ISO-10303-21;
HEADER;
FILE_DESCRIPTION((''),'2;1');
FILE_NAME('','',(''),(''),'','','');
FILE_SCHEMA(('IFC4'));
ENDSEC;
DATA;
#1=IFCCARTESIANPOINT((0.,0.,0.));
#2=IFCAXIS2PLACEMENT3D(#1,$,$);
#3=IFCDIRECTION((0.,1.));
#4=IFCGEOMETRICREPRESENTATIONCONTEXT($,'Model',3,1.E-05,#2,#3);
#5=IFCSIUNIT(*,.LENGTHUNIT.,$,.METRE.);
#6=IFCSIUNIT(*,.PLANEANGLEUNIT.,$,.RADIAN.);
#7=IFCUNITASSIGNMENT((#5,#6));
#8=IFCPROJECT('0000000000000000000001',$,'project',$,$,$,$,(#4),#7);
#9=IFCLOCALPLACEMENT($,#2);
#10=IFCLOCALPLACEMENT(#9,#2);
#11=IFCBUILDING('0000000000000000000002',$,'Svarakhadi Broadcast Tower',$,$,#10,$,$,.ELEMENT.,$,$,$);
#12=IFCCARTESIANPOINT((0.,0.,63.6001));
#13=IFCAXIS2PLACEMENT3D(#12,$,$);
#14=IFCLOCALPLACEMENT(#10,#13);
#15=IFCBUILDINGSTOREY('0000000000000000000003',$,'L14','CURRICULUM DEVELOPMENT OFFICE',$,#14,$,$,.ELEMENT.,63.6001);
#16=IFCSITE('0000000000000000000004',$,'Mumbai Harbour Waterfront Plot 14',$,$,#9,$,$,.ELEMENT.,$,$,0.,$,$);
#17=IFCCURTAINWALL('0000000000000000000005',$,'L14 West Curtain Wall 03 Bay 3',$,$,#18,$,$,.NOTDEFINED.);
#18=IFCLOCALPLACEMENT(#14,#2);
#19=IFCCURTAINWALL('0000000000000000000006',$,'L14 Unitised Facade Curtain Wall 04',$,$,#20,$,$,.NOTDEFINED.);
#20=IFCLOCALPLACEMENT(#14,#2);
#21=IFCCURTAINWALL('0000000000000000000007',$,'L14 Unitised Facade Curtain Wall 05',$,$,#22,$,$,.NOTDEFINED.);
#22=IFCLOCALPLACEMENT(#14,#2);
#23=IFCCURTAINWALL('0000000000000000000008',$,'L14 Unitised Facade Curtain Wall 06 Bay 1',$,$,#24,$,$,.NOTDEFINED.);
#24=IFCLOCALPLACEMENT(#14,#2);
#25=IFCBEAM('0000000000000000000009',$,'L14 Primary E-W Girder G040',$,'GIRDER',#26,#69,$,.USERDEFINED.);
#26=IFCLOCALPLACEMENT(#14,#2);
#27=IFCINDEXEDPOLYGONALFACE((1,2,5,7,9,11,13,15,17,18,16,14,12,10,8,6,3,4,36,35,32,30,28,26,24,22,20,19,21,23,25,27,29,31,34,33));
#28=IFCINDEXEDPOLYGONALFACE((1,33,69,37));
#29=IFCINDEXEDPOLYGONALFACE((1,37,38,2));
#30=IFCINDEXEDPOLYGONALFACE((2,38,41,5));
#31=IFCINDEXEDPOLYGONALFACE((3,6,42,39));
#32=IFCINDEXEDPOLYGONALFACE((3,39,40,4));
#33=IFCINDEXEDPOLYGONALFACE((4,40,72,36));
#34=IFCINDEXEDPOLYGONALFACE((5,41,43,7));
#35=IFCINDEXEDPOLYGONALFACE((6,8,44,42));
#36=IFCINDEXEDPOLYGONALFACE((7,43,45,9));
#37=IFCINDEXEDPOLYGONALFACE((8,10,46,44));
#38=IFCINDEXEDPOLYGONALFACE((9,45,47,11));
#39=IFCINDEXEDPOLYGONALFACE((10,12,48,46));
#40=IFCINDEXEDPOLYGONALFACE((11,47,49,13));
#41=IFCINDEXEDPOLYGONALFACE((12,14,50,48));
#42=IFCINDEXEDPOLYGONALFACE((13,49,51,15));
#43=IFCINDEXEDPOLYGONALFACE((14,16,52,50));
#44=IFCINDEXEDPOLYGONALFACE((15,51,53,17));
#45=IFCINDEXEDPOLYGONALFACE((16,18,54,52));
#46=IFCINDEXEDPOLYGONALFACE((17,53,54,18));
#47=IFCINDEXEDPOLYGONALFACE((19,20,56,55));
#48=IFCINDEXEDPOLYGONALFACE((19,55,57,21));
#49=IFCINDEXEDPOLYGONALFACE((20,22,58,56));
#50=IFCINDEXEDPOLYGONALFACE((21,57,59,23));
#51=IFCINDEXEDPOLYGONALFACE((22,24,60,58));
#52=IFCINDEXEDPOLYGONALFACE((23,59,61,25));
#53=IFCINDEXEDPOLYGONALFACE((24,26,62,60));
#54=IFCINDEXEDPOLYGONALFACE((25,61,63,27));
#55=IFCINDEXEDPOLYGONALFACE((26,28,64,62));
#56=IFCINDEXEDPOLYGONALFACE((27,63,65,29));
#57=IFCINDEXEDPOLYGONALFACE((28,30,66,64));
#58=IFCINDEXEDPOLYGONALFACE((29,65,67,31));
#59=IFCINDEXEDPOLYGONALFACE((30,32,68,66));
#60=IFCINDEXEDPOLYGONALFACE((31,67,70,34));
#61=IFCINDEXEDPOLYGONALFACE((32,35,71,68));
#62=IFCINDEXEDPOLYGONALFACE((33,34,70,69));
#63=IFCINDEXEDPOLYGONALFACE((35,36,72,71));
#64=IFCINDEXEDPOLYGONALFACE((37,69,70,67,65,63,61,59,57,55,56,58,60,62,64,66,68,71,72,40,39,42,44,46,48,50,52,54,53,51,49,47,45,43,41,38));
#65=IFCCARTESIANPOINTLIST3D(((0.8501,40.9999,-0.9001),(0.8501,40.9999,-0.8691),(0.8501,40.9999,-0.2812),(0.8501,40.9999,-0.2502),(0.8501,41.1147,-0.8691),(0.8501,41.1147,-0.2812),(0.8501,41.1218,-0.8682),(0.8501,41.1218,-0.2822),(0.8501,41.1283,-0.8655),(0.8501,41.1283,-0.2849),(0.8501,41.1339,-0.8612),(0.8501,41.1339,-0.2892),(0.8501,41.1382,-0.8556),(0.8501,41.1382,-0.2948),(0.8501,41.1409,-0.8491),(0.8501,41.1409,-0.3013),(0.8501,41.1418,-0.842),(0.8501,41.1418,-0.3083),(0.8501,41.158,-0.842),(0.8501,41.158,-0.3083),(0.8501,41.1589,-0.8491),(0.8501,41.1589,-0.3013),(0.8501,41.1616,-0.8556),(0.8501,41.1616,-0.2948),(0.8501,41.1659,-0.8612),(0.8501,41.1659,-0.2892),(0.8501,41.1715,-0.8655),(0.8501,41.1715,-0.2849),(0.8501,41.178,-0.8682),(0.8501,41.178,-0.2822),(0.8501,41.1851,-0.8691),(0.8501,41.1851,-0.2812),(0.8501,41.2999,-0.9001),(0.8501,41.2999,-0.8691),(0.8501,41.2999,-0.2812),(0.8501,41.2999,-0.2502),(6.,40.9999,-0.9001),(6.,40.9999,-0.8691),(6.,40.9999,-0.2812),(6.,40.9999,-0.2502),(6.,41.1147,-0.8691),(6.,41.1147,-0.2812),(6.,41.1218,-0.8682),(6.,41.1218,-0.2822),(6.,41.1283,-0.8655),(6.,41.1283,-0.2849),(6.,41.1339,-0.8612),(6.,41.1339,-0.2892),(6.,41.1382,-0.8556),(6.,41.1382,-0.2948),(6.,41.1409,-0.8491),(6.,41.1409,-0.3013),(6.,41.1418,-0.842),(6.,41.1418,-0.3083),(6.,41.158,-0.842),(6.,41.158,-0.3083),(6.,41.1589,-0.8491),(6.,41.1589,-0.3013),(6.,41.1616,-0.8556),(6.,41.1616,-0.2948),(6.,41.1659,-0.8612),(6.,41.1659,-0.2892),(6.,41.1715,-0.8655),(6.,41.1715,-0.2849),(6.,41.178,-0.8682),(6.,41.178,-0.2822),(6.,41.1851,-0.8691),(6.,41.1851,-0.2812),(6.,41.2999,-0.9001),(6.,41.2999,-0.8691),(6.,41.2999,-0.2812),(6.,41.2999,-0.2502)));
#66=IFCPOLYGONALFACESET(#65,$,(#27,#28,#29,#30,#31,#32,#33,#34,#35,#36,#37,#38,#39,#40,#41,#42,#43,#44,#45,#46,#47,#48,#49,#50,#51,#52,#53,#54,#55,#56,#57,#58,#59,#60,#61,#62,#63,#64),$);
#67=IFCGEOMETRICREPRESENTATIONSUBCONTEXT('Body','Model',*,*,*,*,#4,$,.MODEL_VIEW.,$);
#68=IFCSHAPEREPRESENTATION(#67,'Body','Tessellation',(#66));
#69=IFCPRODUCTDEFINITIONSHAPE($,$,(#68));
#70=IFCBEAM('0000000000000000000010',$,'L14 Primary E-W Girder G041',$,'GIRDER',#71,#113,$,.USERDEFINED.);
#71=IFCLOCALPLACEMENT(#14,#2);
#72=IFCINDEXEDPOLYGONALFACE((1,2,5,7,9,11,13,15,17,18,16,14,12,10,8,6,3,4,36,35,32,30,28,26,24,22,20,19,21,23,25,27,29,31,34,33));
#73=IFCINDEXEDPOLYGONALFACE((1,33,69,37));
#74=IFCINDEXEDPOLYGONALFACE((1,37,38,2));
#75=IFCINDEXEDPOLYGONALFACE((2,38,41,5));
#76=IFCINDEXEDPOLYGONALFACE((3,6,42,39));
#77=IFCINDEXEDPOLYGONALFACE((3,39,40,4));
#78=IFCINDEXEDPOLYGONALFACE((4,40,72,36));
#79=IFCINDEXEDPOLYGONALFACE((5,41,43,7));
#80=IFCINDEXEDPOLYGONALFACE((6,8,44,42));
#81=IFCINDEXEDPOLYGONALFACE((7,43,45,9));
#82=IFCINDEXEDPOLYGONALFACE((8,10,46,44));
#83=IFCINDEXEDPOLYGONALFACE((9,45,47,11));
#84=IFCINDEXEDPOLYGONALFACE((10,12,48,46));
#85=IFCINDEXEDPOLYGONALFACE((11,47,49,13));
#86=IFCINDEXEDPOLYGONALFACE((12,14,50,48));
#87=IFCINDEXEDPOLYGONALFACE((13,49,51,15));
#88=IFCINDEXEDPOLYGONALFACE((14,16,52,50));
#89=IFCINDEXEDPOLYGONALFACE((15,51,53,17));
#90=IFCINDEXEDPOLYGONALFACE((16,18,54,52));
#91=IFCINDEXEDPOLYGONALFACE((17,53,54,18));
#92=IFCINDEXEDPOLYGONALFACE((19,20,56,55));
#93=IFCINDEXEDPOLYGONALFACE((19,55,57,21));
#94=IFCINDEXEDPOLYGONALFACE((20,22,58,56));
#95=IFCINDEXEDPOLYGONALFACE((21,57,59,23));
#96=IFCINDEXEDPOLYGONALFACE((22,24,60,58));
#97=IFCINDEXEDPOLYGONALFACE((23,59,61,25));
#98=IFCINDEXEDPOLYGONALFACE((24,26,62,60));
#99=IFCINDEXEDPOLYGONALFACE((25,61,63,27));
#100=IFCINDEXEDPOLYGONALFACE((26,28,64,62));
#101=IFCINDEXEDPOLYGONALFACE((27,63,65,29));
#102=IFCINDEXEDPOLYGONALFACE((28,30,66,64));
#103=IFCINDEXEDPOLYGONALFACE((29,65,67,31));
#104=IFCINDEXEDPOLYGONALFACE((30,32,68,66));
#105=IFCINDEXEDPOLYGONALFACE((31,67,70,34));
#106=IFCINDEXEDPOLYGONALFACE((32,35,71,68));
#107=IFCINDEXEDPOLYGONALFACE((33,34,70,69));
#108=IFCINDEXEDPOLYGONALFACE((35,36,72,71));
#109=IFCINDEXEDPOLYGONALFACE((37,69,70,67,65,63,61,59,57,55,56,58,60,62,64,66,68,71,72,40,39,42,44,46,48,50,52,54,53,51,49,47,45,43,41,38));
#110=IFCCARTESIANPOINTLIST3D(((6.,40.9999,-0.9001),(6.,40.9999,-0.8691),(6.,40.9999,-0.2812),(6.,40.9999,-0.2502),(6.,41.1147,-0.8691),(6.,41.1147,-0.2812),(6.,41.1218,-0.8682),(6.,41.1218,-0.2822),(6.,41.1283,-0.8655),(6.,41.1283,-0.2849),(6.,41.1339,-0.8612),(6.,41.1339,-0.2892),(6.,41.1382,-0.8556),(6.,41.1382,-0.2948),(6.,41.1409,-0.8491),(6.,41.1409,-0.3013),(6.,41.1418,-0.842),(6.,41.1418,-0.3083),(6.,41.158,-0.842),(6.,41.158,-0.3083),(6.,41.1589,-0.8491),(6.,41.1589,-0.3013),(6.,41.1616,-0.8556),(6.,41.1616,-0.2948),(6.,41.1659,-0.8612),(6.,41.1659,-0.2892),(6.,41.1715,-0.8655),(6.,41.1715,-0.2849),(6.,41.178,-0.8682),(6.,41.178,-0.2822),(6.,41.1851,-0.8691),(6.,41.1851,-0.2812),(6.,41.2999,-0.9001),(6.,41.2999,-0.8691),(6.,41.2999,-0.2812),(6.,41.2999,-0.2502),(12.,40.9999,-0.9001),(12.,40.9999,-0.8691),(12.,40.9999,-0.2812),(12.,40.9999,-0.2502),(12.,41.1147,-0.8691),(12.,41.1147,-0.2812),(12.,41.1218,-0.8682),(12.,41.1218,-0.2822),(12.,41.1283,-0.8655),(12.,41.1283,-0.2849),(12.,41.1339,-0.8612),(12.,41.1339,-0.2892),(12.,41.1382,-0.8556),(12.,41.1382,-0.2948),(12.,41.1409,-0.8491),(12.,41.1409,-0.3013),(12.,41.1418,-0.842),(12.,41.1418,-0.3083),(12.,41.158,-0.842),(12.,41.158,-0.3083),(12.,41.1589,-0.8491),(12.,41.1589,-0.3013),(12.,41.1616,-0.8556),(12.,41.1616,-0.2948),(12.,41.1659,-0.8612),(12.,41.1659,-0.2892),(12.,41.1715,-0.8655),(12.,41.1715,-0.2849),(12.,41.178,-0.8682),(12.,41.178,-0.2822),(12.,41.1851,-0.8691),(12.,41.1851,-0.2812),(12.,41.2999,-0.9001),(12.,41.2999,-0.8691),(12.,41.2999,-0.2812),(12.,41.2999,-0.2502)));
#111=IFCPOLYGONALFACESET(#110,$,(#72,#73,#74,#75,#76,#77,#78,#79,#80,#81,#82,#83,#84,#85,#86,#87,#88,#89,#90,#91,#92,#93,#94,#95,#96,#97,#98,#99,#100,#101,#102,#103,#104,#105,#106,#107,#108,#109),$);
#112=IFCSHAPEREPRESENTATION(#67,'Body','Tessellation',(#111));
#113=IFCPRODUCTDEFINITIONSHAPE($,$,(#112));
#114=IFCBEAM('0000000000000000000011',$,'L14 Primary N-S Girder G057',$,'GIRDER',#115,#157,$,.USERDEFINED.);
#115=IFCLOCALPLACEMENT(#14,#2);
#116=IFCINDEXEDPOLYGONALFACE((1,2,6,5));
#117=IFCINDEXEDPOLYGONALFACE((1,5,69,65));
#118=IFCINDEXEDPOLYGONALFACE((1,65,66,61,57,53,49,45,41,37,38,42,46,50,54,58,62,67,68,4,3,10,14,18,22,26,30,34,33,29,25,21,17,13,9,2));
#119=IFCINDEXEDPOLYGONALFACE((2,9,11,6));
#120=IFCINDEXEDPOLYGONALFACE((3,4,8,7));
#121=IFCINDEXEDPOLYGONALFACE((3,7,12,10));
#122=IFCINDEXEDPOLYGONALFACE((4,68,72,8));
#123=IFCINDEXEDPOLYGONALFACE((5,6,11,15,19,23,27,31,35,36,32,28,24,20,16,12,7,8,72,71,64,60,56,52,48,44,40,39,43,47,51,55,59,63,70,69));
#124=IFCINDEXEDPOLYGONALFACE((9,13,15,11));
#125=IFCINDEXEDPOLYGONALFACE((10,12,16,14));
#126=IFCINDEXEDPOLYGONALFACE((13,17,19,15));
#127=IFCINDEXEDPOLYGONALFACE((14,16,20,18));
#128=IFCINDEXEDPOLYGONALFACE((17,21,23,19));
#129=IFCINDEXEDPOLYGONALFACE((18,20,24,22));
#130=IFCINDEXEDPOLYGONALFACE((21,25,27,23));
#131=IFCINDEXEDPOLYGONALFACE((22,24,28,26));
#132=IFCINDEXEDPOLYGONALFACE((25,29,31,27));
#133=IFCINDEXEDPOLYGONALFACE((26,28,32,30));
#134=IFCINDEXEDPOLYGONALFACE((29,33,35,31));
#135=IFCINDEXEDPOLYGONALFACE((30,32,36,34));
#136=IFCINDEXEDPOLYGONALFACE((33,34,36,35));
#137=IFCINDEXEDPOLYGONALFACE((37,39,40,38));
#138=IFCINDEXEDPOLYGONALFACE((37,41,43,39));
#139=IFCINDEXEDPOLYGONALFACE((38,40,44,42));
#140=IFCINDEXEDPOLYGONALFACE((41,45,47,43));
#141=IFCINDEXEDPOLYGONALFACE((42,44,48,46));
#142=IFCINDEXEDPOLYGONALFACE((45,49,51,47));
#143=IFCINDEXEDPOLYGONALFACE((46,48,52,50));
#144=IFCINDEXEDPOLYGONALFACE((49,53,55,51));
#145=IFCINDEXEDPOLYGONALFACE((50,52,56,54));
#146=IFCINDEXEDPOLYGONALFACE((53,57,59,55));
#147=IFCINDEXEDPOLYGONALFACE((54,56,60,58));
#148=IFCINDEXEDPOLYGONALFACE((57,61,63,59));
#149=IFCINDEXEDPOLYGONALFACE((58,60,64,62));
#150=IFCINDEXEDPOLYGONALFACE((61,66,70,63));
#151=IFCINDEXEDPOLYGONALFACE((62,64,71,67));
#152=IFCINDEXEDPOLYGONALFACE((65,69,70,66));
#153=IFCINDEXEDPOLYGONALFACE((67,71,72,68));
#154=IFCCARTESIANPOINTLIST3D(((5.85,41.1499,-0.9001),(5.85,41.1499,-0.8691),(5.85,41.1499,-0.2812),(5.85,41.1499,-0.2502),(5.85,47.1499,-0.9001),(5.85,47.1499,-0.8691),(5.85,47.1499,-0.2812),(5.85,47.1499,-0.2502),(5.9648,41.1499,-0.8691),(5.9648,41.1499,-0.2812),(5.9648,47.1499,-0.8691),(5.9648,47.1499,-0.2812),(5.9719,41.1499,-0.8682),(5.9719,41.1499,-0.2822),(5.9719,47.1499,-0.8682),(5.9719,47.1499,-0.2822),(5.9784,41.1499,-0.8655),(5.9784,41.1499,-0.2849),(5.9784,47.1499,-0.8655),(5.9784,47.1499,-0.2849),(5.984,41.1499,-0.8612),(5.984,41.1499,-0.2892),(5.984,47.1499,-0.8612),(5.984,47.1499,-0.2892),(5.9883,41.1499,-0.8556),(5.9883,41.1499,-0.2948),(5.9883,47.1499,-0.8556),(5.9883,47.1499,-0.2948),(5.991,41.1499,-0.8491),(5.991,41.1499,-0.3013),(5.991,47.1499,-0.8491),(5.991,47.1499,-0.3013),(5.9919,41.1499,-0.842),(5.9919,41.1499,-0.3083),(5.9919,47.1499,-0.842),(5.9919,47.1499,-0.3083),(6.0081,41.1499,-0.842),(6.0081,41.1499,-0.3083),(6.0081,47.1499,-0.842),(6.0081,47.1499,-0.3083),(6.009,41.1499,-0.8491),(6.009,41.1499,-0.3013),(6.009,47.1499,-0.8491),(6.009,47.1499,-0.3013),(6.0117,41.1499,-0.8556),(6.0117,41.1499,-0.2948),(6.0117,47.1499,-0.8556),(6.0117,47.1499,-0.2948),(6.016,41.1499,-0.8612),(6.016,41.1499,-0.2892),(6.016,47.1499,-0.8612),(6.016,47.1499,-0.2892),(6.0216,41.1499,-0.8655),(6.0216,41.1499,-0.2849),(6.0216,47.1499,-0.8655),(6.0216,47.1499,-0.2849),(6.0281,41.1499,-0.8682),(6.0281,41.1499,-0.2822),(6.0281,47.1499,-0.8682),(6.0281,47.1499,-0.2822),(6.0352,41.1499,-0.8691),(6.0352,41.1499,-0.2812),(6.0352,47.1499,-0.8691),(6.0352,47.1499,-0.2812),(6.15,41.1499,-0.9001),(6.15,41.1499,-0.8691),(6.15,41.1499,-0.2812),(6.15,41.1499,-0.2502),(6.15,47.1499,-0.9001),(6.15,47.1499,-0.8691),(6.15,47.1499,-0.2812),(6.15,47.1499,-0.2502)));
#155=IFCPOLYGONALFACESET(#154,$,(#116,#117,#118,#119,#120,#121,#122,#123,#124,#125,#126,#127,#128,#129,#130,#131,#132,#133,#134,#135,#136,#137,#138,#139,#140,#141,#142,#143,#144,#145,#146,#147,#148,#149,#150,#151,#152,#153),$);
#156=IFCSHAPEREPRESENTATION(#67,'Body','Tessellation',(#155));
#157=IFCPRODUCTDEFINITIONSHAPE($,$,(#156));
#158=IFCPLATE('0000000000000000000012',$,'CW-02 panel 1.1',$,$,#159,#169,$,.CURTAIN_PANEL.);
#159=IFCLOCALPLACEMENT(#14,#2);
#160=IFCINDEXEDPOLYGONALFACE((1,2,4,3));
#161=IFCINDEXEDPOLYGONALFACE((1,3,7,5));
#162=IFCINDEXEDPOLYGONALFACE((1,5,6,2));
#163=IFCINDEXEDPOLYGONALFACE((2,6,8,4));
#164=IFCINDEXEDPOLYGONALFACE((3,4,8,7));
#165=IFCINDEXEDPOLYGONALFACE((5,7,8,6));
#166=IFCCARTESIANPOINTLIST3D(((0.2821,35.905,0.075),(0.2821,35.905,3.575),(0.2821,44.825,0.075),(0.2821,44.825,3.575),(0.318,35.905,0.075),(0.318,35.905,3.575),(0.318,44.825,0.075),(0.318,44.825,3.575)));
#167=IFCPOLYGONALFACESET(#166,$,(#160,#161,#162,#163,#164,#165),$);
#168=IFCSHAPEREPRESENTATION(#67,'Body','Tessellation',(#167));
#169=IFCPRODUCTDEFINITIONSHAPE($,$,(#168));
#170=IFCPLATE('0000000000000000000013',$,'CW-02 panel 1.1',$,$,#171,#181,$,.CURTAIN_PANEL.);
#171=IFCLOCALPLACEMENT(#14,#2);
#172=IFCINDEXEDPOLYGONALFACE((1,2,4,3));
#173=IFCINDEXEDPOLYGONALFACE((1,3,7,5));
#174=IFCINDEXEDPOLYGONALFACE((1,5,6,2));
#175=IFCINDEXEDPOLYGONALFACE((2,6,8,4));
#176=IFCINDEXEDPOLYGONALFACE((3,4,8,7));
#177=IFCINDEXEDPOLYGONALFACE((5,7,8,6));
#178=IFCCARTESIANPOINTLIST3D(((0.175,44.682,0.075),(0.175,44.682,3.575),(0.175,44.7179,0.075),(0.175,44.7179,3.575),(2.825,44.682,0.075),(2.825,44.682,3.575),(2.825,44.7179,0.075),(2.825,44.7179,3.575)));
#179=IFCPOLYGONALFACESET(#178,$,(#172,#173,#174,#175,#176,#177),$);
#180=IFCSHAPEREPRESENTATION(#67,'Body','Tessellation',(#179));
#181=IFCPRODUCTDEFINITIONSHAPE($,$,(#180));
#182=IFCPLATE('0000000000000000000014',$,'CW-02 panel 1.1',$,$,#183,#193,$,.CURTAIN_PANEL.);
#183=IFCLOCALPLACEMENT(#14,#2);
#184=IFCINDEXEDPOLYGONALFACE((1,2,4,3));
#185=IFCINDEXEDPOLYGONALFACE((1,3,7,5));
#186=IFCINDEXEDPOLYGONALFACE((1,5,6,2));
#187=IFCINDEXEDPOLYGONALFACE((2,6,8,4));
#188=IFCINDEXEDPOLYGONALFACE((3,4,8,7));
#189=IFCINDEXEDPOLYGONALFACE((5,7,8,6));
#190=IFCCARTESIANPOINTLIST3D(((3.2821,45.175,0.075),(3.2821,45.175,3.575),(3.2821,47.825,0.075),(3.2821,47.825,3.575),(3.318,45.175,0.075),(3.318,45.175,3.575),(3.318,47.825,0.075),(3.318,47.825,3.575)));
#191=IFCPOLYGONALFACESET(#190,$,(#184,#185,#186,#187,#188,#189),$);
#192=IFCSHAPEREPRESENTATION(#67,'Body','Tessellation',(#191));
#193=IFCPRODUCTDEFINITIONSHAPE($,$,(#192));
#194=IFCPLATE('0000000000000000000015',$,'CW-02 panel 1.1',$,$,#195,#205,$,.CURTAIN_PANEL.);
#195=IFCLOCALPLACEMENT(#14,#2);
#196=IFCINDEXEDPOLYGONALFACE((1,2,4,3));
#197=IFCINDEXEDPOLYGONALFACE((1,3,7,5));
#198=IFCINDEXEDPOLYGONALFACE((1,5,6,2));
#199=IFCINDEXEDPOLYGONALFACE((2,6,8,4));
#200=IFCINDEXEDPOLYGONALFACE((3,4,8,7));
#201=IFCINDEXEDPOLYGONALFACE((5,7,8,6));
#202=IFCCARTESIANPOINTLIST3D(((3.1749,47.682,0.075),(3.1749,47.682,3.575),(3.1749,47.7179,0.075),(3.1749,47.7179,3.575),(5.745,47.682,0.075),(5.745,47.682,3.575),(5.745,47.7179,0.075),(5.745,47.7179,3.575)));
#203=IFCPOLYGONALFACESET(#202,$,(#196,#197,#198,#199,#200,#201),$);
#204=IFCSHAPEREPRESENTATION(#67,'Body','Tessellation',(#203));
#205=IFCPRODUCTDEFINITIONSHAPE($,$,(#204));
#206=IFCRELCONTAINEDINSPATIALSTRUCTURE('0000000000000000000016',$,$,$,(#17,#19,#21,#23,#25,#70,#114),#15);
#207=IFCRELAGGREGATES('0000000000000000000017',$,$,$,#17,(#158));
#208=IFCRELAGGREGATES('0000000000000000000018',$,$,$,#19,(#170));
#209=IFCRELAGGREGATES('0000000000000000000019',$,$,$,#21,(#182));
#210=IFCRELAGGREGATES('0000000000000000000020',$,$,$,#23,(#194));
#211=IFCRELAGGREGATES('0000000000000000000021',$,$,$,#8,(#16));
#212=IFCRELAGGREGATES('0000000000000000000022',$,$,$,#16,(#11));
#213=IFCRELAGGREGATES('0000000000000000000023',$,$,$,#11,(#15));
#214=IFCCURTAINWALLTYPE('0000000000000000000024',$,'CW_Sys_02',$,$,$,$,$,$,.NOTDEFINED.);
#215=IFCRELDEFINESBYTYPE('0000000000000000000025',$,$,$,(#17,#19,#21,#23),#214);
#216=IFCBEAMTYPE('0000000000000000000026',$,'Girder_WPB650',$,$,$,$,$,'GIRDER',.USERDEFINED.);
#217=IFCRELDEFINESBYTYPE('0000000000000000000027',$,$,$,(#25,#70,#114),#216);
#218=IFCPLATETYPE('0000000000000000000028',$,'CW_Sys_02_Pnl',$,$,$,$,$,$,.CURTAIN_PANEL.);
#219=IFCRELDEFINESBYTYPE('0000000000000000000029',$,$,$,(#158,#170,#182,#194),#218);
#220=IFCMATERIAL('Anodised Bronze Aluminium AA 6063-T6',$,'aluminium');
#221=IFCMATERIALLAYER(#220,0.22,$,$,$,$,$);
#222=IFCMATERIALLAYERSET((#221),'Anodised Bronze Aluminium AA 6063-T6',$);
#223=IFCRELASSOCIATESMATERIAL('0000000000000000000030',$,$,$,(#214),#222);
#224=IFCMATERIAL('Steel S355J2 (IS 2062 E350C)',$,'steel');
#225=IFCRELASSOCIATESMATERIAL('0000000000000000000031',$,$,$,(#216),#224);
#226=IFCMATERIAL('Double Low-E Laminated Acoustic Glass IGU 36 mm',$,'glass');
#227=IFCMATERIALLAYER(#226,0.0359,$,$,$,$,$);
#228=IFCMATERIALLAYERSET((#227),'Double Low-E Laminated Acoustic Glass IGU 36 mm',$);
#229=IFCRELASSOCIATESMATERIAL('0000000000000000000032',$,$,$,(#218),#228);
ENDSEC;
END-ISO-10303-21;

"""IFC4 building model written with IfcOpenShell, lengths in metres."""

from ifc_helpers import new_model, si_unit, direction, frame, origin, origin_2d, place, context, subcontext, project, spatial, rectangle, i_section, extrude, material, layer, layer_set, material_profile, profile_set, type_object, element, aggregate, save


model = new_model("IFC4")

# Units and contexts
model_context = context("Model", 3, precision=1e-05, world=origin(), true_north=direction((0.0, 1.0)))
body_context = subcontext(model_context, "Body", "Model", "MODEL_VIEW")
ifc_project = project(units=[si_unit("LENGTHUNIT", "METRE"), si_unit("PLANEANGLEUNIT", "RADIAN")], contexts=[model_context])

# Site, building, storey
site_placement = place(None, origin())
site = spatial("IfcSite", under=ifc_project, at=site_placement, Name="Mumbai Harbour Waterfront Plot 14", CompositionType="ELEMENT", RefElevation=0.0)
building_placement = place(site_placement, origin())
building = spatial("IfcBuilding", under=site, at=building_placement, Name="Svarakhadi Broadcast Tower", CompositionType="ELEMENT")
storey_placement = place(building_placement, frame((0.0, 0.0, 63.6001)))
storey = spatial("IfcBuildingStorey", under=building, at=storey_placement, Name="L14", Description="CURRICULUM DEVELOPMENT OFFICE", CompositionType="ELEMENT", Elevation=63.6001)

# Shared definitions
ifc_material_1 = material(Name="Steel S355J2 (IS 2062 E350C)", Category="steel")

# Curtain walls
ifc_material_2 = material(Name="Anodised Bronze Aluminium AA 6063-T6", Category="aluminium")
ifc_layer_1 = layer(ifc_material_2, 0.22)
ifc_layer_set_1 = layer_set([ifc_layer_1], Name="Anodised Bronze Aluminium AA 6063-T6")
curtain_wall_type = type_object("IfcCurtainWallType", Name="CW_Sys_02", PredefinedType="NOTDEFINED", material=ifc_layer_set_1)
curtain_wall_1_placement = place(storey_placement, origin())
curtain_wall_1 = element("IfcCurtainWall", 1, at=curtain_wall_1_placement, inside=storey, type_object=curtain_wall_type, Name="L14 West Curtain Wall 03 Bay 3", PredefinedType="NOTDEFINED")
curtain_wall_2_placement = place(storey_placement, origin())
curtain_wall_2 = element("IfcCurtainWall", 2, at=curtain_wall_2_placement, inside=storey, type_object=curtain_wall_type, Name="L14 Unitised Facade Curtain Wall 04", PredefinedType="NOTDEFINED")
curtain_wall_3_placement = place(storey_placement, origin())
curtain_wall_3 = element("IfcCurtainWall", 3, at=curtain_wall_3_placement, inside=storey, type_object=curtain_wall_type, Name="L14 Unitised Facade Curtain Wall 05", PredefinedType="NOTDEFINED")
curtain_wall_4_placement = place(storey_placement, origin())
curtain_wall_4 = element("IfcCurtainWall", 4, at=curtain_wall_4_placement, inside=storey, type_object=curtain_wall_type, Name="L14 Unitised Facade Curtain Wall 06 Bay 1", PredefinedType="NOTDEFINED")

# Beams
ifc_material_profile_1 = material_profile(ifc_material_1, i_section(OverallWidth=0.3, OverallDepth=0.6499, WebThickness=0.0161, FlangeThickness=0.031, FilletRadius=0.0271, at=origin_2d()), Name="WPB 650x300x225")
ifc_profile_set_1 = profile_set([ifc_material_profile_1], Name="Steel S355J2 (IS 2062 E350C)")
beam_type_1 = type_object("IfcBeamType", Name="Girder_WPB650", ElementType="GIRDER", PredefinedType="USERDEFINED", material=ifc_profile_set_1)
beam_1_placement = place(storey_placement, frame((0.8501, 41.1499, -0.5752), z_axis=(1.0, 0.0, 0.0), x_axis=(0.0, 1.0, 0.0)))
element("IfcBeam", 5, at=beam_1_placement, inside=storey, type_object=beam_type_1, Name="L14 Primary E-W Girder G040", ObjectType="GIRDER", PredefinedType="USERDEFINED", context=body_context, shape_type="SweptSolid", body=[
    extrude(i_section(OverallWidth=0.3, OverallDepth=0.6499, WebThickness=0.0161, FlangeThickness=0.031, FilletRadius=0.0271, at=origin_2d()), origin(), (0.0, 0.0, 1.0), 5.1499),
])
for number, where, z_axis, x_axis, name in (
    (6, (6.0, 41.1499, -0.5752), (1.0, 0.0, 0.0), (0.0, 1.0, 0.0), "L14 Primary E-W Girder G041"),
    (7, (6.0, 41.1499, -0.5752), (0.0, 1.0, 0.0), (-1.0, 0.0, 0.0), "L14 Primary N-S Girder G057"),
):
    element("IfcBeam", number, at=place(storey_placement, frame(where, z_axis=z_axis, x_axis=x_axis)), inside=storey, type_object=beam_type_1, Name=name, ObjectType="GIRDER", PredefinedType="USERDEFINED", context=body_context, shape_type="SweptSolid", body=[
        extrude(i_section(OverallWidth=0.3, OverallDepth=0.6499, WebThickness=0.0161, FlangeThickness=0.031, FilletRadius=0.0271, at=origin_2d()), origin(), (0.0, 0.0, 1.0), 6.0),
    ])

# Plates
ifc_material_3 = material(Name="Double Low-E Laminated Acoustic Glass IGU 36 mm", Category="glass")
ifc_layer_2 = layer(ifc_material_3, 0.0359)
ifc_layer_set_2 = layer_set([ifc_layer_2], Name="Double Low-E Laminated Acoustic Glass IGU 36 mm")
plate_type_1 = type_object("IfcPlateType", Name="CW_Sys_02_Pnl", PredefinedType="CURTAIN_PANEL", material=ifc_layer_set_2)
plate_1_placement = place(storey_placement, frame((0.3, 40.365, 0.075), z_axis=(0.0, 0.0, 1.0), x_axis=(0.0, 1.0, 0.0)))
plate_1 = element("IfcPlate", 8, at=plate_1_placement, type_object=plate_type_1, Name="CW-02 panel 1.1", PredefinedType="CURTAIN_PANEL", context=body_context, shape_type="SweptSolid", body=[
    extrude(rectangle(XDim=8.9199, YDim=0.0359, at=origin_2d()), origin(), (0.0, 0.0, 1.0), 3.5),
])
aggregate(curtain_wall_1, [plate_1])
plate_2_placement = place(storey_placement, frame((1.5, 44.7, 0.075), z_axis=(0.0, 0.0, 1.0), x_axis=(1.0, 0.0, 0.0)))
plate_2 = element("IfcPlate", 9, at=plate_2_placement, type_object=plate_type_1, Name="CW-02 panel 1.1", PredefinedType="CURTAIN_PANEL", context=body_context, shape_type="SweptSolid", body=[
    extrude(rectangle(XDim=2.6499, YDim=0.0359, at=origin_2d()), origin(), (0.0, 0.0, 1.0), 3.5),
])
aggregate(curtain_wall_2, [plate_2])
plate_3_placement = place(storey_placement, frame((3.3, 46.5, 0.075), z_axis=(0.0, 0.0, 1.0), x_axis=(0.0, 1.0, 0.0)))
plate_3 = element("IfcPlate", 10, at=plate_3_placement, type_object=plate_type_1, Name="CW-02 panel 1.1", PredefinedType="CURTAIN_PANEL", context=body_context, shape_type="SweptSolid", body=[
    extrude(rectangle(XDim=2.6499, YDim=0.0359, at=origin_2d()), origin(), (0.0, 0.0, 1.0), 3.5),
])
aggregate(curtain_wall_3, [plate_3])
plate_4_placement = place(storey_placement, frame((4.46, 47.7, 0.075), z_axis=(0.0, 0.0, 1.0), x_axis=(1.0, 0.0, 0.0)))
plate_4 = element("IfcPlate", 11, at=plate_4_placement, type_object=plate_type_1, Name="CW-02 panel 1.1", PredefinedType="CURTAIN_PANEL", context=body_context, shape_type="SweptSolid", body=[
    extrude(rectangle(XDim=2.5701, YDim=0.0359, at=origin_2d()), origin(), (0.0, 0.0, 1.0), 3.5),
])
aggregate(curtain_wall_4, [plate_4])

save(model, "model.ifc")
